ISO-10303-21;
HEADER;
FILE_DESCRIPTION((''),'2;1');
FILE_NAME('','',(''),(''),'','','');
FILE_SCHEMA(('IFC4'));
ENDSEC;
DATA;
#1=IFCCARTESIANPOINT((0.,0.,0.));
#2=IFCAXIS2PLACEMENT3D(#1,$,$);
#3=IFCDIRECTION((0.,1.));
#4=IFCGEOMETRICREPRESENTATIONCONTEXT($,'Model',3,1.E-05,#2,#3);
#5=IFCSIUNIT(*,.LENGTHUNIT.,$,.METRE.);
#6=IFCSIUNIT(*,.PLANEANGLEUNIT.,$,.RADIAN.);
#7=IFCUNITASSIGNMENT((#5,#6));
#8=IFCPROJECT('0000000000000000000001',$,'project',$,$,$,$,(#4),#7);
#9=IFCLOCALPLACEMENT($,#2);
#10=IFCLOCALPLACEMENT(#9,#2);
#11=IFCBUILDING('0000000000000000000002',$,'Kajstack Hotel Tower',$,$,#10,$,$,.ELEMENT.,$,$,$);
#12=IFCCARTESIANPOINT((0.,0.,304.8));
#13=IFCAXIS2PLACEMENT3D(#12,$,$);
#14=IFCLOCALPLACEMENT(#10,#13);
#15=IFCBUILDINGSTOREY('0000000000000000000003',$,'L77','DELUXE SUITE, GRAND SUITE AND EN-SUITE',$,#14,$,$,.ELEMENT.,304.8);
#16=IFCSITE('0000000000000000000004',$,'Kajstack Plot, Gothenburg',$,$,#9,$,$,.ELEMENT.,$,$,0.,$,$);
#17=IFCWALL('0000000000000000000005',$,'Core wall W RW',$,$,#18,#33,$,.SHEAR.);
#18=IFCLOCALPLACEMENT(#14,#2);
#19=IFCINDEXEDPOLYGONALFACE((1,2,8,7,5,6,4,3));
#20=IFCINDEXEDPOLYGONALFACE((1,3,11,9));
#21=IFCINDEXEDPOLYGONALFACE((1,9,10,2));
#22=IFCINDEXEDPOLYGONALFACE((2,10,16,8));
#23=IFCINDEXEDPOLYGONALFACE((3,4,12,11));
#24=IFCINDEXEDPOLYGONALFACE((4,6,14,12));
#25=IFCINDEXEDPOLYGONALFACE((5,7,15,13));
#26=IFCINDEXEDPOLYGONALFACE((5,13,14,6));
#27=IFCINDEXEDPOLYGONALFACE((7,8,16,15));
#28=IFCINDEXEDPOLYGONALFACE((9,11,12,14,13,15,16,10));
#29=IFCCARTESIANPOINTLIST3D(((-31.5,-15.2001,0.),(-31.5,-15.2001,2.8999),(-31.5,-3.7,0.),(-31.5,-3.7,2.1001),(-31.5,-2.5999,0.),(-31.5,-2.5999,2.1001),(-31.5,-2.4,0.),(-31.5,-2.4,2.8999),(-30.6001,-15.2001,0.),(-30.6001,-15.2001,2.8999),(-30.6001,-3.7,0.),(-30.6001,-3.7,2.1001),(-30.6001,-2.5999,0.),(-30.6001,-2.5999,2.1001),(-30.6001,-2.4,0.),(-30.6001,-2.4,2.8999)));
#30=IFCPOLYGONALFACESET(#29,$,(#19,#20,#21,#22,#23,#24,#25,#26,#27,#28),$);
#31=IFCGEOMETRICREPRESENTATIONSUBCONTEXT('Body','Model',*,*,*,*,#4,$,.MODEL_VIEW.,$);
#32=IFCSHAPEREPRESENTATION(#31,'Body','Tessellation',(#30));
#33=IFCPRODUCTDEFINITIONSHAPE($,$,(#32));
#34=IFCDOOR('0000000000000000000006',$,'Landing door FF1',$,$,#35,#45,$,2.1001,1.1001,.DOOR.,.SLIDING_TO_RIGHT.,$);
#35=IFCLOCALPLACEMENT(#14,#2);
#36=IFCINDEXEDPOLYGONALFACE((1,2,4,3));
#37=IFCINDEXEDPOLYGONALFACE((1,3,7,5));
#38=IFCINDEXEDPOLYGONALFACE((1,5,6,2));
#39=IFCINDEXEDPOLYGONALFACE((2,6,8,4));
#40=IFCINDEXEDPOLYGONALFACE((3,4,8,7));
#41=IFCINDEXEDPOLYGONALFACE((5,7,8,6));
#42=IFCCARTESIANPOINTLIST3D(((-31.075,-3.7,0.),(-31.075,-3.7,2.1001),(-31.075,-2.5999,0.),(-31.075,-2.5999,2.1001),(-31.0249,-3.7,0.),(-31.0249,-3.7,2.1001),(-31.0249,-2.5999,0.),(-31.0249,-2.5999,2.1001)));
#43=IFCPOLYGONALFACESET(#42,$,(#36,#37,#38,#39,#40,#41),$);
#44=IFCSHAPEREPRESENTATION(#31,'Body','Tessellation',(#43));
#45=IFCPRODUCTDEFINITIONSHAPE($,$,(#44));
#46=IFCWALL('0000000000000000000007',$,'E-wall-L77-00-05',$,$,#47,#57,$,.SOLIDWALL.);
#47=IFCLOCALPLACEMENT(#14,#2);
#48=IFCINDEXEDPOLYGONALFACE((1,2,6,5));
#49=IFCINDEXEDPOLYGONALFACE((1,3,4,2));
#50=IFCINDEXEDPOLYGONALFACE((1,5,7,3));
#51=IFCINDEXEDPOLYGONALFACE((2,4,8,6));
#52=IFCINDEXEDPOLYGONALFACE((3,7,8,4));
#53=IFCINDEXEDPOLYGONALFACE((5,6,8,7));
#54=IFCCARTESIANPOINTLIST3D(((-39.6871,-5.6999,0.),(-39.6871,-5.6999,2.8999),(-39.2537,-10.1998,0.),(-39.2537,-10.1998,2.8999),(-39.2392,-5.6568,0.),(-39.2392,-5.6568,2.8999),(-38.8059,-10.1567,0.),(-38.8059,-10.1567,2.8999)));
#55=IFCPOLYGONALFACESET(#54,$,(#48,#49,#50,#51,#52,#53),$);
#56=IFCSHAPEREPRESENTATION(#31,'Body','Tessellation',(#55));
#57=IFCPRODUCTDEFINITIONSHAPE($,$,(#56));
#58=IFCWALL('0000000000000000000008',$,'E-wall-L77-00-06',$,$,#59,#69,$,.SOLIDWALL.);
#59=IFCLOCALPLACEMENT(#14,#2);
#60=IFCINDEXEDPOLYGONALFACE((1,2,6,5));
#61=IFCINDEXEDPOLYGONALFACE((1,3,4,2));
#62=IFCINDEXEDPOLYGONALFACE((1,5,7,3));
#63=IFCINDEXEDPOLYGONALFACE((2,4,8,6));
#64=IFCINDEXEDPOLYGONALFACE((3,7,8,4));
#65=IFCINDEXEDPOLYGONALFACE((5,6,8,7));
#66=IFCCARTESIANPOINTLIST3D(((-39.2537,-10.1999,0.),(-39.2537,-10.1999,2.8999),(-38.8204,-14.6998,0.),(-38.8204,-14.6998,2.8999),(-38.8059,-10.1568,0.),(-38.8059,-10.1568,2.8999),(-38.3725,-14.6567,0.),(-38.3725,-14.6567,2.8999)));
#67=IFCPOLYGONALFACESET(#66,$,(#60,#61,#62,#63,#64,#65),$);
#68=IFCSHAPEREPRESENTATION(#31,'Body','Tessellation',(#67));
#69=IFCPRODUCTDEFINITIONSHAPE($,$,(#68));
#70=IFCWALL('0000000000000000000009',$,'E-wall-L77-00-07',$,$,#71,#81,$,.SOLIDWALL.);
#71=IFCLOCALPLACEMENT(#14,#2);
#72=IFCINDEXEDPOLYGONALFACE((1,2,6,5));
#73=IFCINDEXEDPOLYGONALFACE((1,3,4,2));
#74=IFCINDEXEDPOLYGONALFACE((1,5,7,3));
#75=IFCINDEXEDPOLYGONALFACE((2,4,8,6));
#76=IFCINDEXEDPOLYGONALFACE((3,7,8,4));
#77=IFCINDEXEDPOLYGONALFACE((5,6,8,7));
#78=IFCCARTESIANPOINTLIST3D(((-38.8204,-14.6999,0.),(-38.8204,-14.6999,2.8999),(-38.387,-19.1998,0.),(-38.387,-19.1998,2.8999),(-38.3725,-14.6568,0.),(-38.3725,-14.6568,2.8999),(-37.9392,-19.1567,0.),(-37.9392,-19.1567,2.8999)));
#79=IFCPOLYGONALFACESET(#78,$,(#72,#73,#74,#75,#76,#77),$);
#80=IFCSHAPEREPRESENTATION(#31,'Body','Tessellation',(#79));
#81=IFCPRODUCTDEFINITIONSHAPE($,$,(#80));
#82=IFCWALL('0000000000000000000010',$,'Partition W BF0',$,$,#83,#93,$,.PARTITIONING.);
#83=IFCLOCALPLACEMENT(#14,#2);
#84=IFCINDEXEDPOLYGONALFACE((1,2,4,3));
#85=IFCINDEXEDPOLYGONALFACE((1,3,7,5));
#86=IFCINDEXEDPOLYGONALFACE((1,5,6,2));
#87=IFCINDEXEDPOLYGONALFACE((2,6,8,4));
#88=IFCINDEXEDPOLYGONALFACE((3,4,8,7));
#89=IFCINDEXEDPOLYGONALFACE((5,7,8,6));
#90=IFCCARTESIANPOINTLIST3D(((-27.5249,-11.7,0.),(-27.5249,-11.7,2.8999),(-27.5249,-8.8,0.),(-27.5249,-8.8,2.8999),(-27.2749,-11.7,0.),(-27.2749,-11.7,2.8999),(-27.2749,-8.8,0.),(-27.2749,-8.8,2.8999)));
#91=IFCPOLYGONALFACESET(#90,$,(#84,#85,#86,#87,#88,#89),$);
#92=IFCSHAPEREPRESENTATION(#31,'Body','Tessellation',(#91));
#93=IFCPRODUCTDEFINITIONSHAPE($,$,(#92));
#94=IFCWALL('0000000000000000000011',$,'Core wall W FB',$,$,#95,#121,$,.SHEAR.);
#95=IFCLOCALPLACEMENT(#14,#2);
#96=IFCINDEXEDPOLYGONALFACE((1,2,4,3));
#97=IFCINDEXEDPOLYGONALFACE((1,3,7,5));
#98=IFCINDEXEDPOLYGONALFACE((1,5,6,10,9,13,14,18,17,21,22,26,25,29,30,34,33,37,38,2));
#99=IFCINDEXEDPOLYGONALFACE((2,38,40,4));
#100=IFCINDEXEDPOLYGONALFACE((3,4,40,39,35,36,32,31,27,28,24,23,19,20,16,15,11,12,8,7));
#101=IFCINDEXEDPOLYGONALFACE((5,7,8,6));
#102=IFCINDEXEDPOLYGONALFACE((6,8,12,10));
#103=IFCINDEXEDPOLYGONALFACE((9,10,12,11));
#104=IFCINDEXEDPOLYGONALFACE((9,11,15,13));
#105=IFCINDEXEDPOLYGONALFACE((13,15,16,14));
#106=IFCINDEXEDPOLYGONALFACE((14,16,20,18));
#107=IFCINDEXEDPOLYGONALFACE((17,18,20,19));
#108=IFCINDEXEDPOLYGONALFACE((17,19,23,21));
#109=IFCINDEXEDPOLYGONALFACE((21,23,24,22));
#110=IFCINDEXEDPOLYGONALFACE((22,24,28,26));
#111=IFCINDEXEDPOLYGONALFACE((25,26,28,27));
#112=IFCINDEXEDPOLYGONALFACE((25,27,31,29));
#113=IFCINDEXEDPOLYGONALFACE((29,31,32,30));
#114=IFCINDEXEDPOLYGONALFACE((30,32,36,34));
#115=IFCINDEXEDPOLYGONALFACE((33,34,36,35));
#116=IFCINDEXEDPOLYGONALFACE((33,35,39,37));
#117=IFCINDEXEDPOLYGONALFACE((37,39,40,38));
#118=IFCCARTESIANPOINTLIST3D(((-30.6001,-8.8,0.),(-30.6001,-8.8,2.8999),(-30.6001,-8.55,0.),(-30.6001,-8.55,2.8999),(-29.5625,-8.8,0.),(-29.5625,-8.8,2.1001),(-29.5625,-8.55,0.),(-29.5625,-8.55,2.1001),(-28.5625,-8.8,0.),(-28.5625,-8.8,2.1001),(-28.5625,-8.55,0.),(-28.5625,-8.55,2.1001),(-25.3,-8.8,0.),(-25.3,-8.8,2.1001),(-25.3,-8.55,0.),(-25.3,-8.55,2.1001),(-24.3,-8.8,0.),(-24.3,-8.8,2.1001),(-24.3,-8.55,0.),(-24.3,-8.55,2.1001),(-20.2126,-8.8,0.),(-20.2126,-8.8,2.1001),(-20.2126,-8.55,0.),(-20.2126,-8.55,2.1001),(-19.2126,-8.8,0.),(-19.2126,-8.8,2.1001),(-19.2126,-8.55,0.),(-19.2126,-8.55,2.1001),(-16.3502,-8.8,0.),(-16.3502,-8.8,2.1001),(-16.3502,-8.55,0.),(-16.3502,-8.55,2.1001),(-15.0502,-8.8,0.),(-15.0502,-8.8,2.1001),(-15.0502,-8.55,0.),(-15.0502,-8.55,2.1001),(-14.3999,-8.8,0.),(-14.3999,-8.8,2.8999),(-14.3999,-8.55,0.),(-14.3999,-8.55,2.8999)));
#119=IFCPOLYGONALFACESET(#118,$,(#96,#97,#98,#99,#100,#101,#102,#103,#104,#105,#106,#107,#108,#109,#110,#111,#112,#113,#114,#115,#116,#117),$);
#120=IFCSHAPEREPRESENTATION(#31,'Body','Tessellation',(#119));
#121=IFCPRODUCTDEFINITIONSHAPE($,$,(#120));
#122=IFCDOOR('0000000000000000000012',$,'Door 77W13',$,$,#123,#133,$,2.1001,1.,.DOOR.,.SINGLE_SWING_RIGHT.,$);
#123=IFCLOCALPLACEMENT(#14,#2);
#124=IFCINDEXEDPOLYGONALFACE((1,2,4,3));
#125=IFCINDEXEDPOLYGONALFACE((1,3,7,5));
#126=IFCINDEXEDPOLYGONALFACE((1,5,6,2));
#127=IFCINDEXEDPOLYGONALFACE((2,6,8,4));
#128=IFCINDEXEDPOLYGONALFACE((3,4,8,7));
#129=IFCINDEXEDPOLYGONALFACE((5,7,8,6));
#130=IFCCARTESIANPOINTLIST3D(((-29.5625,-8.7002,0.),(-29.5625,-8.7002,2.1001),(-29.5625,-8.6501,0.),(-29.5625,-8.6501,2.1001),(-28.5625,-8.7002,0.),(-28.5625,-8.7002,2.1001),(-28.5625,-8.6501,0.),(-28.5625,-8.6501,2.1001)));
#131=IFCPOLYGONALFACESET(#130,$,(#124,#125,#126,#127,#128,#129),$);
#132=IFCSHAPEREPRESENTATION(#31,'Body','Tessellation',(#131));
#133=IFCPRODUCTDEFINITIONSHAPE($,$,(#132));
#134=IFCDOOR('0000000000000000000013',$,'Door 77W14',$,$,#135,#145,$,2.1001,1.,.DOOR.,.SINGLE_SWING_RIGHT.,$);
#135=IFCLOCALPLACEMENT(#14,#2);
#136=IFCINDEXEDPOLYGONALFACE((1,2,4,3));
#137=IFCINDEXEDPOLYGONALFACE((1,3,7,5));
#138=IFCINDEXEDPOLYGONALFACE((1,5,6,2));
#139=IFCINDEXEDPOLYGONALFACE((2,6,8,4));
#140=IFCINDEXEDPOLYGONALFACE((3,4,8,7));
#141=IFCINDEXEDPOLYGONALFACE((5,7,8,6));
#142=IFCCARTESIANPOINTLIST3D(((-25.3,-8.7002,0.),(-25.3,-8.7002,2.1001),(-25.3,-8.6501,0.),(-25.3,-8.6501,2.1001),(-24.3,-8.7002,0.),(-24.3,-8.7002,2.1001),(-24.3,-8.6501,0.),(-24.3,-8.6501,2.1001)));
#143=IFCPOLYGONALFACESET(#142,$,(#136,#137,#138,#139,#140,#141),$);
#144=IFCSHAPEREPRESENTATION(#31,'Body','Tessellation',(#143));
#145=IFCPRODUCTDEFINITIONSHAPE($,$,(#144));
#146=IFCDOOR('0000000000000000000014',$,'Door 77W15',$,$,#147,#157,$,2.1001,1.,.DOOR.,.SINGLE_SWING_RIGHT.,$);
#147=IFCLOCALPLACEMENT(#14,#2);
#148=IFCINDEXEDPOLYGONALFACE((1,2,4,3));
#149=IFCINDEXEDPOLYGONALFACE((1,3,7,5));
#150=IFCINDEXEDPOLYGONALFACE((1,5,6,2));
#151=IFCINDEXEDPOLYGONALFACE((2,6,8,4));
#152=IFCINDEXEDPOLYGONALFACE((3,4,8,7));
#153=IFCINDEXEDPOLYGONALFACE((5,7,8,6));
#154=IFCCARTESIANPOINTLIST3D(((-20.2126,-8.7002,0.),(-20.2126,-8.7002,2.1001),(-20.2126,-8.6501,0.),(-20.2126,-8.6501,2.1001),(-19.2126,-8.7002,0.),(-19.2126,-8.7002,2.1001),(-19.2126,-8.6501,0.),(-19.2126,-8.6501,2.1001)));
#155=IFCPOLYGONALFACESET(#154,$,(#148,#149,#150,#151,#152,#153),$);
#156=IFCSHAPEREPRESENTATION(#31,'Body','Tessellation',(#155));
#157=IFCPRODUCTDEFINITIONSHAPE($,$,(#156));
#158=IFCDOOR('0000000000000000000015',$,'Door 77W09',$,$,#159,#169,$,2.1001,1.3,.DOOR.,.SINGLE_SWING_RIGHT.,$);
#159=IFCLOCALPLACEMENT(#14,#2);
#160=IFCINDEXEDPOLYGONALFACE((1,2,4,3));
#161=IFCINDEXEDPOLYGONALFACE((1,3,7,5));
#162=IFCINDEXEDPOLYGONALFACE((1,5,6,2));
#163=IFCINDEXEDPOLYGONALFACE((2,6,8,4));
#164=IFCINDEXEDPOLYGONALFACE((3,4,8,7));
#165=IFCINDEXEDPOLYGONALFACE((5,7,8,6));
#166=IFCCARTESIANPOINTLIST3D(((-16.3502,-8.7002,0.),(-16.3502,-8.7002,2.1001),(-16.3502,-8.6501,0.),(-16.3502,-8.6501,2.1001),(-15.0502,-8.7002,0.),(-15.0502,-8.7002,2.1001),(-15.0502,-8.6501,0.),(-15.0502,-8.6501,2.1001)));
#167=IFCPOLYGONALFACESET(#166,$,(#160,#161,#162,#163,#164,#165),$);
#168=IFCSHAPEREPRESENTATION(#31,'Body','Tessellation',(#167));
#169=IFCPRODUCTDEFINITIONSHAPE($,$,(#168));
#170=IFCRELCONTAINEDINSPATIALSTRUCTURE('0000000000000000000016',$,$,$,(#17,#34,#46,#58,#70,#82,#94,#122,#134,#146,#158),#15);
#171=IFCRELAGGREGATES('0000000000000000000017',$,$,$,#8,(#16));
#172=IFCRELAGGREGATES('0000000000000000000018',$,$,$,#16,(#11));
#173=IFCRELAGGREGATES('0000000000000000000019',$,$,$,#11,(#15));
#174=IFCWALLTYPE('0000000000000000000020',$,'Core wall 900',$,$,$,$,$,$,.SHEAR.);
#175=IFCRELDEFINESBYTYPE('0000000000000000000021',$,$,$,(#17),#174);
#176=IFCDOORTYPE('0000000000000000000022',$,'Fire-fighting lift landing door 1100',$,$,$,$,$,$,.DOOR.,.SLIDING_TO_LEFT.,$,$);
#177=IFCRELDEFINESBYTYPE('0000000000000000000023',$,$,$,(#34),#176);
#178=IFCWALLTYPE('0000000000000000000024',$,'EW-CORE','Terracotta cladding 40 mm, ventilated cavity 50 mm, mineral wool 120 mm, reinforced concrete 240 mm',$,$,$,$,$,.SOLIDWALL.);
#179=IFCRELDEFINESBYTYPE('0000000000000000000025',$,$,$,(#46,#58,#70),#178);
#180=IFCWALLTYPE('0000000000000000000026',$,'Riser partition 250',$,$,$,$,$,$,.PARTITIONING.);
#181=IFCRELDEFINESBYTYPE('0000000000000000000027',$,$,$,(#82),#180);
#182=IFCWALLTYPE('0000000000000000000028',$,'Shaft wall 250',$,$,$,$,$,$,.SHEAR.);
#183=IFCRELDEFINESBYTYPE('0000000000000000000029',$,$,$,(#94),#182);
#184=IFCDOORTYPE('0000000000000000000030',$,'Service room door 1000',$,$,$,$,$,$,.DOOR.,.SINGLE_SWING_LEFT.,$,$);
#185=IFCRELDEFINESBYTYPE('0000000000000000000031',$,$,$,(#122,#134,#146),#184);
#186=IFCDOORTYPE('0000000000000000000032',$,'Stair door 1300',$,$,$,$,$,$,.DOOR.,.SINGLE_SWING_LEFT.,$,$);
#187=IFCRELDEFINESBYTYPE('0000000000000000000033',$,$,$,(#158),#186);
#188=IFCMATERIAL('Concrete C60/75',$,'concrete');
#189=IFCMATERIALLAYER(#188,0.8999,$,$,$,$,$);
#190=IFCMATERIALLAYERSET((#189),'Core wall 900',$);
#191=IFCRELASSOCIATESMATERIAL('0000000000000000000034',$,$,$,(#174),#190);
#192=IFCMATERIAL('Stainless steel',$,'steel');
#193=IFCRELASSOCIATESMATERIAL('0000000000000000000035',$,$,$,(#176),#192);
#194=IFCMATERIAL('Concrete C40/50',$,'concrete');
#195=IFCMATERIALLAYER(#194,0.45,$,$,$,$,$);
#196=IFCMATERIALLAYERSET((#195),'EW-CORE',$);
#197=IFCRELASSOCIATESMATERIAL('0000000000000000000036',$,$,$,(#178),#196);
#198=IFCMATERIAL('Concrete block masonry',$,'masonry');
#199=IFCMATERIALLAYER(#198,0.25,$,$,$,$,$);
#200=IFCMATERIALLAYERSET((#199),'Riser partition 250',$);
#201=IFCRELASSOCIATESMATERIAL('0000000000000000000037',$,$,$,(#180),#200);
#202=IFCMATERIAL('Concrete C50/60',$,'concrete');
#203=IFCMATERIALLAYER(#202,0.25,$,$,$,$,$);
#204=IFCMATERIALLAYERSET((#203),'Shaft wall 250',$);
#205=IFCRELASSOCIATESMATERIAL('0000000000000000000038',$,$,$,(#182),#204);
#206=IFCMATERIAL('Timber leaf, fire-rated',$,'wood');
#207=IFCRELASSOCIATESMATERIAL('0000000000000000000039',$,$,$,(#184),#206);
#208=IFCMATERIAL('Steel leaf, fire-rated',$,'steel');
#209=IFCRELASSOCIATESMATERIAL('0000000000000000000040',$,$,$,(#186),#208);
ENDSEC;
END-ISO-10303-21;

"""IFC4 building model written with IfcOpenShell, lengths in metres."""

from ifc_helpers import new_model, si_unit, direction, frame, frame_2d, origin, place, context, subcontext, project, spatial, rectangle, extrude, material, layer, layer_set, type_object, element, fill, save


model = new_model("IFC4")

# Units and contexts
model_context = context("Model", 3, precision=1e-05, world=origin(), true_north=direction((0.0, 1.0)))
body_context = subcontext(model_context, "Body", "Model", "MODEL_VIEW")
ifc_project = project(units=[si_unit("LENGTHUNIT", "METRE"), si_unit("PLANEANGLEUNIT", "RADIAN")], contexts=[model_context])

# Site, building, storey
site_placement = place(None, origin())
site = spatial("IfcSite", under=ifc_project, at=site_placement, Name="Kajstack Plot, Gothenburg", CompositionType="ELEMENT", RefElevation=0.0)
building_placement = place(site_placement, origin())
building = spatial("IfcBuilding", under=site, at=building_placement, Name="Kajstack Hotel Tower", CompositionType="ELEMENT")
storey_placement = place(building_placement, frame((0.0, 0.0, 304.8)))
storey = spatial("IfcBuildingStorey", under=building, at=storey_placement, Name="L77", Description="DELUXE SUITE, GRAND SUITE AND EN-SUITE", CompositionType="ELEMENT", Elevation=304.8)

# Wall, opening, door
ifc_material_1 = material(Name="Concrete C60/75", Category="concrete")
ifc_layer_1 = layer(ifc_material_1, 0.8999)
ifc_layer_set_1 = layer_set([ifc_layer_1], Name="Core wall 900")
wall_type_1 = type_object("IfcWallType", Name="Core wall 900", PredefinedType="SHEAR", material=ifc_layer_set_1)
wall_1_placement = place(storey_placement, frame((-31.05, -15.2, 0.0), z_axis=(0.0, 0.0, 1.0), x_axis=(0.0, 1.0, 0.0)))
wall_1 = element("IfcWall", 1, at=wall_1_placement, inside=storey, type_object=wall_type_1, Name="Core wall W RW", PredefinedType="SHEAR", context=body_context, shape_type="SweptSolid", body=[
    extrude(rectangle(XDim=12.8, YDim=0.8999, at=frame_2d((6.3999, 0.0))), origin(), (0.0, 0.0, 1.0), 2.8999),
])
opening_1_placement = place(wall_1_placement, frame((11.5, 0.0, 0.0)))
opening_1 = element("IfcOpeningElement", 2, at=opening_1_placement, cuts=wall_1, PredefinedType="OPENING", context=body_context, shape_type="SweptSolid", body=[
    extrude(rectangle(XDim=1.1001, YDim=2.1001, at=frame_2d((0.55, 1.05))), frame((0.0, 0.46, 0.0), z_axis=(0.0, -1.0, 0.0), x_axis=(1.0, 0.0, 0.0)), (0.0, 0.0, 1.0), 0.9199),
])
ifc_material_2 = material(Name="Stainless steel", Category="steel")
door_type_1 = type_object("IfcDoorType", Name="Fire-fighting lift landing door 1100", OperationType="SLIDING_TO_LEFT", PredefinedType="DOOR", material=ifc_material_2)
door_1_placement = place(opening_1_placement, origin())
door_1 = element("IfcDoor", 3, at=door_1_placement, inside=storey, type_object=door_type_1, Name="Landing door FF1", OperationType="SLIDING_TO_RIGHT", OverallHeight=2.1001, OverallWidth=1.1001, PredefinedType="DOOR", context=body_context, shape_type="SweptSolid", body=[
    extrude(rectangle(XDim=1.1001, YDim=2.1001, at=frame_2d((0.55, 1.05))), frame((0.0, 0.0249, 0.0), z_axis=(0.0, -1.0, 0.0), x_axis=(1.0, 0.0, 0.0)), (0.0, 0.0, 1.0), 0.05),
])
fill(opening_1, door_1)

# Walls
ifc_material_3 = material(Name="Concrete C40/50", Category="concrete")
ifc_layer_2 = layer(ifc_material_3, 0.45)
ifc_layer_set_2 = layer_set([ifc_layer_2], Name="EW-CORE")
wall_type_2 = type_object("IfcWallType", Name="EW-CORE", Description="Terracotta cladding 40 mm, ventilated cavity 50 mm, mineral wool 120 mm, reinforced concrete 240 mm", PredefinedType="SOLIDWALL", material=ifc_layer_set_2)
for number, where, z_axis, x_axis, name in (
    (4, (-39.4631, -5.6785, 0.0), (0.0, 0.0, 1.0), (0.095856, -0.995395, 0.0), "E-wall-L77-00-05"),
    (5, (-39.0298, -10.1785, 0.0), (0.0, 0.0, 1.0), (0.095856, -0.995395, 0.0), "E-wall-L77-00-06"),
    (6, (-38.5964, -14.6785, 0.0), (0.0, 0.0, 1.0), (0.095856, -0.995395, 0.0), "E-wall-L77-00-07"),
):
    element("IfcWall", number, at=place(storey_placement, frame(where, z_axis=z_axis, x_axis=x_axis)), inside=storey, type_object=wall_type_2, Name=name, PredefinedType="SOLIDWALL", context=body_context, shape_type="SweptSolid", body=[
        extrude(rectangle(XDim=4.5208, YDim=0.45, at=frame_2d((2.2603, 0.0))), origin(), (0.0, 0.0, 1.0), 2.8999),
    ])
ifc_material_4 = material(Name="Concrete block masonry", Category="masonry")
ifc_layer_3 = layer(ifc_material_4, 0.25)
ifc_layer_set_3 = layer_set([ifc_layer_3], Name="Riser partition 250")
wall_type_3 = type_object("IfcWallType", Name="Riser partition 250", PredefinedType="PARTITIONING", material=ifc_layer_set_3)
wall_2_placement = place(storey_placement, frame((-27.3999, -11.7, 0.0), z_axis=(0.0, 0.0, 1.0), x_axis=(0.0, 1.0, 0.0)))
element("IfcWall", 7, at=wall_2_placement, inside=storey, type_object=wall_type_3, Name="Partition W BF0", PredefinedType="PARTITIONING", context=body_context, shape_type="SweptSolid", body=[
    extrude(rectangle(XDim=2.8999, YDim=0.25, at=frame_2d((1.45, 0.0))), origin(), (0.0, 0.0, 1.0), 2.8999),
])

# Wall, openings, doors
ifc_material_5 = material(Name="Concrete C50/60", Category="concrete")
ifc_layer_4 = layer(ifc_material_5, 0.25)
ifc_layer_set_4 = layer_set([ifc_layer_4], Name="Shaft wall 250")
wall_type_4 = type_object("IfcWallType", Name="Shaft wall 250", PredefinedType="SHEAR", material=ifc_layer_set_4)
wall_3_placement = place(storey_placement, frame((-30.6001, -8.675, 0.0), z_axis=(0.0, 0.0, 1.0), x_axis=(1.0, 0.0, 0.0)))
wall_3 = element("IfcWall", 8, at=wall_3_placement, inside=storey, type_object=wall_type_4, Name="Core wall W FB", PredefinedType="SHEAR", context=body_context, shape_type="SweptSolid", body=[
    extrude(rectangle(XDim=16.2002, YDim=0.25, at=frame_2d((8.1001, 0.0))), origin(), (0.0, 0.0, 1.0), 2.8999),
])
opening_2_placement = place(wall_3_placement, frame((14.25, 0.0, 0.0)))
opening_2 = element("IfcOpeningElement", 9, at=opening_2_placement, cuts=wall_3, PredefinedType="OPENING", context=body_context, shape_type="SweptSolid", body=[
    extrude(rectangle(XDim=1.3, YDim=2.1001, at=frame_2d((0.6499, 1.05))), frame((0.0, 0.135, 0.0), z_axis=(0.0, -1.0, 0.0), x_axis=(1.0, 0.0, 0.0)), (0.0, 0.0, 1.0), 0.27),
])
opening_3_placement = place(wall_3_placement, frame((1.0376, 0.0, 0.0)))
opening_3 = element("IfcOpeningElement", 10, at=opening_3_placement, cuts=wall_3, PredefinedType="OPENING", context=body_context, shape_type="SweptSolid", body=[
    extrude(rectangle(XDim=1.0, YDim=2.1001, at=frame_2d((0.5, 1.05))), frame((0.0, 0.135, 0.0), z_axis=(0.0, -1.0, 0.0), x_axis=(1.0, 0.0, 0.0)), (0.0, 0.0, 1.0), 0.27),
])
opening_4_placement = place(wall_3_placement, frame((5.3, 0.0, 0.0)))
opening_4 = element("IfcOpeningElement", 11, at=opening_4_placement, cuts=wall_3, PredefinedType="OPENING", context=body_context, shape_type="SweptSolid", body=[
    extrude(rectangle(XDim=1.0, YDim=2.1001, at=frame_2d((0.5, 1.05))), frame((0.0, 0.135, 0.0), z_axis=(0.0, -1.0, 0.0), x_axis=(1.0, 0.0, 0.0)), (0.0, 0.0, 1.0), 0.27),
])
opening_5_placement = place(wall_3_placement, frame((10.3875, 0.0, 0.0)))
opening_5 = element("IfcOpeningElement", 12, at=opening_5_placement, cuts=wall_3, PredefinedType="OPENING", context=body_context, shape_type="SweptSolid", body=[
    extrude(rectangle(XDim=1.0, YDim=2.1001, at=frame_2d((0.5, 1.05))), frame((0.0, 0.135, 0.0), z_axis=(0.0, -1.0, 0.0), x_axis=(1.0, 0.0, 0.0)), (0.0, 0.0, 1.0), 0.27),
])
ifc_material_6 = material(Name="Timber leaf, fire-rated", Category="wood")
door_type_2 = type_object("IfcDoorType", Name="Service room door 1000", OperationType="SINGLE_SWING_LEFT", PredefinedType="DOOR", material=ifc_material_6)
door_2_placement = place(opening_3_placement, origin())
door_2 = element("IfcDoor", 13, at=door_2_placement, inside=storey, type_object=door_type_2, Name="Door 77W13", OperationType="SINGLE_SWING_RIGHT", OverallHeight=2.1001, OverallWidth=1.0, PredefinedType="DOOR", context=body_context, shape_type="SweptSolid", body=[
    extrude(rectangle(XDim=1.0, YDim=2.1001, at=frame_2d((0.5, 1.05))), frame((0.0, 0.0249, 0.0), z_axis=(0.0, -1.0, 0.0), x_axis=(1.0, 0.0, 0.0)), (0.0, 0.0, 1.0), 0.05),
])
fill(opening_3, door_2)
door_3_placement = place(opening_4_placement, origin())
door_3 = element("IfcDoor", 14, at=door_3_placement, inside=storey, type_object=door_type_2, Name="Door 77W14", OperationType="SINGLE_SWING_RIGHT", OverallHeight=2.1001, OverallWidth=1.0, PredefinedType="DOOR", context=body_context, shape_type="SweptSolid", body=[
    extrude(rectangle(XDim=1.0, YDim=2.1001, at=frame_2d((0.5, 1.05))), frame((0.0, 0.0249, 0.0), z_axis=(0.0, -1.0, 0.0), x_axis=(1.0, 0.0, 0.0)), (0.0, 0.0, 1.0), 0.05),
])
fill(opening_4, door_3)
door_4_placement = place(opening_5_placement, origin())
door_4 = element("IfcDoor", 15, at=door_4_placement, inside=storey, type_object=door_type_2, Name="Door 77W15", OperationType="SINGLE_SWING_RIGHT", OverallHeight=2.1001, OverallWidth=1.0, PredefinedType="DOOR", context=body_context, shape_type="SweptSolid", body=[
    extrude(rectangle(XDim=1.0, YDim=2.1001, at=frame_2d((0.5, 1.05))), frame((0.0, 0.0249, 0.0), z_axis=(0.0, -1.0, 0.0), x_axis=(1.0, 0.0, 0.0)), (0.0, 0.0, 1.0), 0.05),
])
fill(opening_5, door_4)
ifc_material_7 = material(Name="Steel leaf, fire-rated", Category="steel")
door_type_3 = type_object("IfcDoorType", Name="Stair door 1300", OperationType="SINGLE_SWING_LEFT", PredefinedType="DOOR", material=ifc_material_7)
door_5_placement = place(opening_2_placement, origin())
door_5 = element("IfcDoor", 16, at=door_5_placement, inside=storey, type_object=door_type_3, Name="Door 77W09", OperationType="SINGLE_SWING_RIGHT", OverallHeight=2.1001, OverallWidth=1.3, PredefinedType="DOOR", context=body_context, shape_type="SweptSolid", body=[
    extrude(rectangle(XDim=1.3, YDim=2.1001, at=frame_2d((0.6499, 1.05))), frame((0.0, 0.0249, 0.0), z_axis=(0.0, -1.0, 0.0), x_axis=(1.0, 0.0, 0.0)), (0.0, 0.0, 1.0), 0.05),
])
fill(opening_2, door_5)

save(model, "model.ifc")
